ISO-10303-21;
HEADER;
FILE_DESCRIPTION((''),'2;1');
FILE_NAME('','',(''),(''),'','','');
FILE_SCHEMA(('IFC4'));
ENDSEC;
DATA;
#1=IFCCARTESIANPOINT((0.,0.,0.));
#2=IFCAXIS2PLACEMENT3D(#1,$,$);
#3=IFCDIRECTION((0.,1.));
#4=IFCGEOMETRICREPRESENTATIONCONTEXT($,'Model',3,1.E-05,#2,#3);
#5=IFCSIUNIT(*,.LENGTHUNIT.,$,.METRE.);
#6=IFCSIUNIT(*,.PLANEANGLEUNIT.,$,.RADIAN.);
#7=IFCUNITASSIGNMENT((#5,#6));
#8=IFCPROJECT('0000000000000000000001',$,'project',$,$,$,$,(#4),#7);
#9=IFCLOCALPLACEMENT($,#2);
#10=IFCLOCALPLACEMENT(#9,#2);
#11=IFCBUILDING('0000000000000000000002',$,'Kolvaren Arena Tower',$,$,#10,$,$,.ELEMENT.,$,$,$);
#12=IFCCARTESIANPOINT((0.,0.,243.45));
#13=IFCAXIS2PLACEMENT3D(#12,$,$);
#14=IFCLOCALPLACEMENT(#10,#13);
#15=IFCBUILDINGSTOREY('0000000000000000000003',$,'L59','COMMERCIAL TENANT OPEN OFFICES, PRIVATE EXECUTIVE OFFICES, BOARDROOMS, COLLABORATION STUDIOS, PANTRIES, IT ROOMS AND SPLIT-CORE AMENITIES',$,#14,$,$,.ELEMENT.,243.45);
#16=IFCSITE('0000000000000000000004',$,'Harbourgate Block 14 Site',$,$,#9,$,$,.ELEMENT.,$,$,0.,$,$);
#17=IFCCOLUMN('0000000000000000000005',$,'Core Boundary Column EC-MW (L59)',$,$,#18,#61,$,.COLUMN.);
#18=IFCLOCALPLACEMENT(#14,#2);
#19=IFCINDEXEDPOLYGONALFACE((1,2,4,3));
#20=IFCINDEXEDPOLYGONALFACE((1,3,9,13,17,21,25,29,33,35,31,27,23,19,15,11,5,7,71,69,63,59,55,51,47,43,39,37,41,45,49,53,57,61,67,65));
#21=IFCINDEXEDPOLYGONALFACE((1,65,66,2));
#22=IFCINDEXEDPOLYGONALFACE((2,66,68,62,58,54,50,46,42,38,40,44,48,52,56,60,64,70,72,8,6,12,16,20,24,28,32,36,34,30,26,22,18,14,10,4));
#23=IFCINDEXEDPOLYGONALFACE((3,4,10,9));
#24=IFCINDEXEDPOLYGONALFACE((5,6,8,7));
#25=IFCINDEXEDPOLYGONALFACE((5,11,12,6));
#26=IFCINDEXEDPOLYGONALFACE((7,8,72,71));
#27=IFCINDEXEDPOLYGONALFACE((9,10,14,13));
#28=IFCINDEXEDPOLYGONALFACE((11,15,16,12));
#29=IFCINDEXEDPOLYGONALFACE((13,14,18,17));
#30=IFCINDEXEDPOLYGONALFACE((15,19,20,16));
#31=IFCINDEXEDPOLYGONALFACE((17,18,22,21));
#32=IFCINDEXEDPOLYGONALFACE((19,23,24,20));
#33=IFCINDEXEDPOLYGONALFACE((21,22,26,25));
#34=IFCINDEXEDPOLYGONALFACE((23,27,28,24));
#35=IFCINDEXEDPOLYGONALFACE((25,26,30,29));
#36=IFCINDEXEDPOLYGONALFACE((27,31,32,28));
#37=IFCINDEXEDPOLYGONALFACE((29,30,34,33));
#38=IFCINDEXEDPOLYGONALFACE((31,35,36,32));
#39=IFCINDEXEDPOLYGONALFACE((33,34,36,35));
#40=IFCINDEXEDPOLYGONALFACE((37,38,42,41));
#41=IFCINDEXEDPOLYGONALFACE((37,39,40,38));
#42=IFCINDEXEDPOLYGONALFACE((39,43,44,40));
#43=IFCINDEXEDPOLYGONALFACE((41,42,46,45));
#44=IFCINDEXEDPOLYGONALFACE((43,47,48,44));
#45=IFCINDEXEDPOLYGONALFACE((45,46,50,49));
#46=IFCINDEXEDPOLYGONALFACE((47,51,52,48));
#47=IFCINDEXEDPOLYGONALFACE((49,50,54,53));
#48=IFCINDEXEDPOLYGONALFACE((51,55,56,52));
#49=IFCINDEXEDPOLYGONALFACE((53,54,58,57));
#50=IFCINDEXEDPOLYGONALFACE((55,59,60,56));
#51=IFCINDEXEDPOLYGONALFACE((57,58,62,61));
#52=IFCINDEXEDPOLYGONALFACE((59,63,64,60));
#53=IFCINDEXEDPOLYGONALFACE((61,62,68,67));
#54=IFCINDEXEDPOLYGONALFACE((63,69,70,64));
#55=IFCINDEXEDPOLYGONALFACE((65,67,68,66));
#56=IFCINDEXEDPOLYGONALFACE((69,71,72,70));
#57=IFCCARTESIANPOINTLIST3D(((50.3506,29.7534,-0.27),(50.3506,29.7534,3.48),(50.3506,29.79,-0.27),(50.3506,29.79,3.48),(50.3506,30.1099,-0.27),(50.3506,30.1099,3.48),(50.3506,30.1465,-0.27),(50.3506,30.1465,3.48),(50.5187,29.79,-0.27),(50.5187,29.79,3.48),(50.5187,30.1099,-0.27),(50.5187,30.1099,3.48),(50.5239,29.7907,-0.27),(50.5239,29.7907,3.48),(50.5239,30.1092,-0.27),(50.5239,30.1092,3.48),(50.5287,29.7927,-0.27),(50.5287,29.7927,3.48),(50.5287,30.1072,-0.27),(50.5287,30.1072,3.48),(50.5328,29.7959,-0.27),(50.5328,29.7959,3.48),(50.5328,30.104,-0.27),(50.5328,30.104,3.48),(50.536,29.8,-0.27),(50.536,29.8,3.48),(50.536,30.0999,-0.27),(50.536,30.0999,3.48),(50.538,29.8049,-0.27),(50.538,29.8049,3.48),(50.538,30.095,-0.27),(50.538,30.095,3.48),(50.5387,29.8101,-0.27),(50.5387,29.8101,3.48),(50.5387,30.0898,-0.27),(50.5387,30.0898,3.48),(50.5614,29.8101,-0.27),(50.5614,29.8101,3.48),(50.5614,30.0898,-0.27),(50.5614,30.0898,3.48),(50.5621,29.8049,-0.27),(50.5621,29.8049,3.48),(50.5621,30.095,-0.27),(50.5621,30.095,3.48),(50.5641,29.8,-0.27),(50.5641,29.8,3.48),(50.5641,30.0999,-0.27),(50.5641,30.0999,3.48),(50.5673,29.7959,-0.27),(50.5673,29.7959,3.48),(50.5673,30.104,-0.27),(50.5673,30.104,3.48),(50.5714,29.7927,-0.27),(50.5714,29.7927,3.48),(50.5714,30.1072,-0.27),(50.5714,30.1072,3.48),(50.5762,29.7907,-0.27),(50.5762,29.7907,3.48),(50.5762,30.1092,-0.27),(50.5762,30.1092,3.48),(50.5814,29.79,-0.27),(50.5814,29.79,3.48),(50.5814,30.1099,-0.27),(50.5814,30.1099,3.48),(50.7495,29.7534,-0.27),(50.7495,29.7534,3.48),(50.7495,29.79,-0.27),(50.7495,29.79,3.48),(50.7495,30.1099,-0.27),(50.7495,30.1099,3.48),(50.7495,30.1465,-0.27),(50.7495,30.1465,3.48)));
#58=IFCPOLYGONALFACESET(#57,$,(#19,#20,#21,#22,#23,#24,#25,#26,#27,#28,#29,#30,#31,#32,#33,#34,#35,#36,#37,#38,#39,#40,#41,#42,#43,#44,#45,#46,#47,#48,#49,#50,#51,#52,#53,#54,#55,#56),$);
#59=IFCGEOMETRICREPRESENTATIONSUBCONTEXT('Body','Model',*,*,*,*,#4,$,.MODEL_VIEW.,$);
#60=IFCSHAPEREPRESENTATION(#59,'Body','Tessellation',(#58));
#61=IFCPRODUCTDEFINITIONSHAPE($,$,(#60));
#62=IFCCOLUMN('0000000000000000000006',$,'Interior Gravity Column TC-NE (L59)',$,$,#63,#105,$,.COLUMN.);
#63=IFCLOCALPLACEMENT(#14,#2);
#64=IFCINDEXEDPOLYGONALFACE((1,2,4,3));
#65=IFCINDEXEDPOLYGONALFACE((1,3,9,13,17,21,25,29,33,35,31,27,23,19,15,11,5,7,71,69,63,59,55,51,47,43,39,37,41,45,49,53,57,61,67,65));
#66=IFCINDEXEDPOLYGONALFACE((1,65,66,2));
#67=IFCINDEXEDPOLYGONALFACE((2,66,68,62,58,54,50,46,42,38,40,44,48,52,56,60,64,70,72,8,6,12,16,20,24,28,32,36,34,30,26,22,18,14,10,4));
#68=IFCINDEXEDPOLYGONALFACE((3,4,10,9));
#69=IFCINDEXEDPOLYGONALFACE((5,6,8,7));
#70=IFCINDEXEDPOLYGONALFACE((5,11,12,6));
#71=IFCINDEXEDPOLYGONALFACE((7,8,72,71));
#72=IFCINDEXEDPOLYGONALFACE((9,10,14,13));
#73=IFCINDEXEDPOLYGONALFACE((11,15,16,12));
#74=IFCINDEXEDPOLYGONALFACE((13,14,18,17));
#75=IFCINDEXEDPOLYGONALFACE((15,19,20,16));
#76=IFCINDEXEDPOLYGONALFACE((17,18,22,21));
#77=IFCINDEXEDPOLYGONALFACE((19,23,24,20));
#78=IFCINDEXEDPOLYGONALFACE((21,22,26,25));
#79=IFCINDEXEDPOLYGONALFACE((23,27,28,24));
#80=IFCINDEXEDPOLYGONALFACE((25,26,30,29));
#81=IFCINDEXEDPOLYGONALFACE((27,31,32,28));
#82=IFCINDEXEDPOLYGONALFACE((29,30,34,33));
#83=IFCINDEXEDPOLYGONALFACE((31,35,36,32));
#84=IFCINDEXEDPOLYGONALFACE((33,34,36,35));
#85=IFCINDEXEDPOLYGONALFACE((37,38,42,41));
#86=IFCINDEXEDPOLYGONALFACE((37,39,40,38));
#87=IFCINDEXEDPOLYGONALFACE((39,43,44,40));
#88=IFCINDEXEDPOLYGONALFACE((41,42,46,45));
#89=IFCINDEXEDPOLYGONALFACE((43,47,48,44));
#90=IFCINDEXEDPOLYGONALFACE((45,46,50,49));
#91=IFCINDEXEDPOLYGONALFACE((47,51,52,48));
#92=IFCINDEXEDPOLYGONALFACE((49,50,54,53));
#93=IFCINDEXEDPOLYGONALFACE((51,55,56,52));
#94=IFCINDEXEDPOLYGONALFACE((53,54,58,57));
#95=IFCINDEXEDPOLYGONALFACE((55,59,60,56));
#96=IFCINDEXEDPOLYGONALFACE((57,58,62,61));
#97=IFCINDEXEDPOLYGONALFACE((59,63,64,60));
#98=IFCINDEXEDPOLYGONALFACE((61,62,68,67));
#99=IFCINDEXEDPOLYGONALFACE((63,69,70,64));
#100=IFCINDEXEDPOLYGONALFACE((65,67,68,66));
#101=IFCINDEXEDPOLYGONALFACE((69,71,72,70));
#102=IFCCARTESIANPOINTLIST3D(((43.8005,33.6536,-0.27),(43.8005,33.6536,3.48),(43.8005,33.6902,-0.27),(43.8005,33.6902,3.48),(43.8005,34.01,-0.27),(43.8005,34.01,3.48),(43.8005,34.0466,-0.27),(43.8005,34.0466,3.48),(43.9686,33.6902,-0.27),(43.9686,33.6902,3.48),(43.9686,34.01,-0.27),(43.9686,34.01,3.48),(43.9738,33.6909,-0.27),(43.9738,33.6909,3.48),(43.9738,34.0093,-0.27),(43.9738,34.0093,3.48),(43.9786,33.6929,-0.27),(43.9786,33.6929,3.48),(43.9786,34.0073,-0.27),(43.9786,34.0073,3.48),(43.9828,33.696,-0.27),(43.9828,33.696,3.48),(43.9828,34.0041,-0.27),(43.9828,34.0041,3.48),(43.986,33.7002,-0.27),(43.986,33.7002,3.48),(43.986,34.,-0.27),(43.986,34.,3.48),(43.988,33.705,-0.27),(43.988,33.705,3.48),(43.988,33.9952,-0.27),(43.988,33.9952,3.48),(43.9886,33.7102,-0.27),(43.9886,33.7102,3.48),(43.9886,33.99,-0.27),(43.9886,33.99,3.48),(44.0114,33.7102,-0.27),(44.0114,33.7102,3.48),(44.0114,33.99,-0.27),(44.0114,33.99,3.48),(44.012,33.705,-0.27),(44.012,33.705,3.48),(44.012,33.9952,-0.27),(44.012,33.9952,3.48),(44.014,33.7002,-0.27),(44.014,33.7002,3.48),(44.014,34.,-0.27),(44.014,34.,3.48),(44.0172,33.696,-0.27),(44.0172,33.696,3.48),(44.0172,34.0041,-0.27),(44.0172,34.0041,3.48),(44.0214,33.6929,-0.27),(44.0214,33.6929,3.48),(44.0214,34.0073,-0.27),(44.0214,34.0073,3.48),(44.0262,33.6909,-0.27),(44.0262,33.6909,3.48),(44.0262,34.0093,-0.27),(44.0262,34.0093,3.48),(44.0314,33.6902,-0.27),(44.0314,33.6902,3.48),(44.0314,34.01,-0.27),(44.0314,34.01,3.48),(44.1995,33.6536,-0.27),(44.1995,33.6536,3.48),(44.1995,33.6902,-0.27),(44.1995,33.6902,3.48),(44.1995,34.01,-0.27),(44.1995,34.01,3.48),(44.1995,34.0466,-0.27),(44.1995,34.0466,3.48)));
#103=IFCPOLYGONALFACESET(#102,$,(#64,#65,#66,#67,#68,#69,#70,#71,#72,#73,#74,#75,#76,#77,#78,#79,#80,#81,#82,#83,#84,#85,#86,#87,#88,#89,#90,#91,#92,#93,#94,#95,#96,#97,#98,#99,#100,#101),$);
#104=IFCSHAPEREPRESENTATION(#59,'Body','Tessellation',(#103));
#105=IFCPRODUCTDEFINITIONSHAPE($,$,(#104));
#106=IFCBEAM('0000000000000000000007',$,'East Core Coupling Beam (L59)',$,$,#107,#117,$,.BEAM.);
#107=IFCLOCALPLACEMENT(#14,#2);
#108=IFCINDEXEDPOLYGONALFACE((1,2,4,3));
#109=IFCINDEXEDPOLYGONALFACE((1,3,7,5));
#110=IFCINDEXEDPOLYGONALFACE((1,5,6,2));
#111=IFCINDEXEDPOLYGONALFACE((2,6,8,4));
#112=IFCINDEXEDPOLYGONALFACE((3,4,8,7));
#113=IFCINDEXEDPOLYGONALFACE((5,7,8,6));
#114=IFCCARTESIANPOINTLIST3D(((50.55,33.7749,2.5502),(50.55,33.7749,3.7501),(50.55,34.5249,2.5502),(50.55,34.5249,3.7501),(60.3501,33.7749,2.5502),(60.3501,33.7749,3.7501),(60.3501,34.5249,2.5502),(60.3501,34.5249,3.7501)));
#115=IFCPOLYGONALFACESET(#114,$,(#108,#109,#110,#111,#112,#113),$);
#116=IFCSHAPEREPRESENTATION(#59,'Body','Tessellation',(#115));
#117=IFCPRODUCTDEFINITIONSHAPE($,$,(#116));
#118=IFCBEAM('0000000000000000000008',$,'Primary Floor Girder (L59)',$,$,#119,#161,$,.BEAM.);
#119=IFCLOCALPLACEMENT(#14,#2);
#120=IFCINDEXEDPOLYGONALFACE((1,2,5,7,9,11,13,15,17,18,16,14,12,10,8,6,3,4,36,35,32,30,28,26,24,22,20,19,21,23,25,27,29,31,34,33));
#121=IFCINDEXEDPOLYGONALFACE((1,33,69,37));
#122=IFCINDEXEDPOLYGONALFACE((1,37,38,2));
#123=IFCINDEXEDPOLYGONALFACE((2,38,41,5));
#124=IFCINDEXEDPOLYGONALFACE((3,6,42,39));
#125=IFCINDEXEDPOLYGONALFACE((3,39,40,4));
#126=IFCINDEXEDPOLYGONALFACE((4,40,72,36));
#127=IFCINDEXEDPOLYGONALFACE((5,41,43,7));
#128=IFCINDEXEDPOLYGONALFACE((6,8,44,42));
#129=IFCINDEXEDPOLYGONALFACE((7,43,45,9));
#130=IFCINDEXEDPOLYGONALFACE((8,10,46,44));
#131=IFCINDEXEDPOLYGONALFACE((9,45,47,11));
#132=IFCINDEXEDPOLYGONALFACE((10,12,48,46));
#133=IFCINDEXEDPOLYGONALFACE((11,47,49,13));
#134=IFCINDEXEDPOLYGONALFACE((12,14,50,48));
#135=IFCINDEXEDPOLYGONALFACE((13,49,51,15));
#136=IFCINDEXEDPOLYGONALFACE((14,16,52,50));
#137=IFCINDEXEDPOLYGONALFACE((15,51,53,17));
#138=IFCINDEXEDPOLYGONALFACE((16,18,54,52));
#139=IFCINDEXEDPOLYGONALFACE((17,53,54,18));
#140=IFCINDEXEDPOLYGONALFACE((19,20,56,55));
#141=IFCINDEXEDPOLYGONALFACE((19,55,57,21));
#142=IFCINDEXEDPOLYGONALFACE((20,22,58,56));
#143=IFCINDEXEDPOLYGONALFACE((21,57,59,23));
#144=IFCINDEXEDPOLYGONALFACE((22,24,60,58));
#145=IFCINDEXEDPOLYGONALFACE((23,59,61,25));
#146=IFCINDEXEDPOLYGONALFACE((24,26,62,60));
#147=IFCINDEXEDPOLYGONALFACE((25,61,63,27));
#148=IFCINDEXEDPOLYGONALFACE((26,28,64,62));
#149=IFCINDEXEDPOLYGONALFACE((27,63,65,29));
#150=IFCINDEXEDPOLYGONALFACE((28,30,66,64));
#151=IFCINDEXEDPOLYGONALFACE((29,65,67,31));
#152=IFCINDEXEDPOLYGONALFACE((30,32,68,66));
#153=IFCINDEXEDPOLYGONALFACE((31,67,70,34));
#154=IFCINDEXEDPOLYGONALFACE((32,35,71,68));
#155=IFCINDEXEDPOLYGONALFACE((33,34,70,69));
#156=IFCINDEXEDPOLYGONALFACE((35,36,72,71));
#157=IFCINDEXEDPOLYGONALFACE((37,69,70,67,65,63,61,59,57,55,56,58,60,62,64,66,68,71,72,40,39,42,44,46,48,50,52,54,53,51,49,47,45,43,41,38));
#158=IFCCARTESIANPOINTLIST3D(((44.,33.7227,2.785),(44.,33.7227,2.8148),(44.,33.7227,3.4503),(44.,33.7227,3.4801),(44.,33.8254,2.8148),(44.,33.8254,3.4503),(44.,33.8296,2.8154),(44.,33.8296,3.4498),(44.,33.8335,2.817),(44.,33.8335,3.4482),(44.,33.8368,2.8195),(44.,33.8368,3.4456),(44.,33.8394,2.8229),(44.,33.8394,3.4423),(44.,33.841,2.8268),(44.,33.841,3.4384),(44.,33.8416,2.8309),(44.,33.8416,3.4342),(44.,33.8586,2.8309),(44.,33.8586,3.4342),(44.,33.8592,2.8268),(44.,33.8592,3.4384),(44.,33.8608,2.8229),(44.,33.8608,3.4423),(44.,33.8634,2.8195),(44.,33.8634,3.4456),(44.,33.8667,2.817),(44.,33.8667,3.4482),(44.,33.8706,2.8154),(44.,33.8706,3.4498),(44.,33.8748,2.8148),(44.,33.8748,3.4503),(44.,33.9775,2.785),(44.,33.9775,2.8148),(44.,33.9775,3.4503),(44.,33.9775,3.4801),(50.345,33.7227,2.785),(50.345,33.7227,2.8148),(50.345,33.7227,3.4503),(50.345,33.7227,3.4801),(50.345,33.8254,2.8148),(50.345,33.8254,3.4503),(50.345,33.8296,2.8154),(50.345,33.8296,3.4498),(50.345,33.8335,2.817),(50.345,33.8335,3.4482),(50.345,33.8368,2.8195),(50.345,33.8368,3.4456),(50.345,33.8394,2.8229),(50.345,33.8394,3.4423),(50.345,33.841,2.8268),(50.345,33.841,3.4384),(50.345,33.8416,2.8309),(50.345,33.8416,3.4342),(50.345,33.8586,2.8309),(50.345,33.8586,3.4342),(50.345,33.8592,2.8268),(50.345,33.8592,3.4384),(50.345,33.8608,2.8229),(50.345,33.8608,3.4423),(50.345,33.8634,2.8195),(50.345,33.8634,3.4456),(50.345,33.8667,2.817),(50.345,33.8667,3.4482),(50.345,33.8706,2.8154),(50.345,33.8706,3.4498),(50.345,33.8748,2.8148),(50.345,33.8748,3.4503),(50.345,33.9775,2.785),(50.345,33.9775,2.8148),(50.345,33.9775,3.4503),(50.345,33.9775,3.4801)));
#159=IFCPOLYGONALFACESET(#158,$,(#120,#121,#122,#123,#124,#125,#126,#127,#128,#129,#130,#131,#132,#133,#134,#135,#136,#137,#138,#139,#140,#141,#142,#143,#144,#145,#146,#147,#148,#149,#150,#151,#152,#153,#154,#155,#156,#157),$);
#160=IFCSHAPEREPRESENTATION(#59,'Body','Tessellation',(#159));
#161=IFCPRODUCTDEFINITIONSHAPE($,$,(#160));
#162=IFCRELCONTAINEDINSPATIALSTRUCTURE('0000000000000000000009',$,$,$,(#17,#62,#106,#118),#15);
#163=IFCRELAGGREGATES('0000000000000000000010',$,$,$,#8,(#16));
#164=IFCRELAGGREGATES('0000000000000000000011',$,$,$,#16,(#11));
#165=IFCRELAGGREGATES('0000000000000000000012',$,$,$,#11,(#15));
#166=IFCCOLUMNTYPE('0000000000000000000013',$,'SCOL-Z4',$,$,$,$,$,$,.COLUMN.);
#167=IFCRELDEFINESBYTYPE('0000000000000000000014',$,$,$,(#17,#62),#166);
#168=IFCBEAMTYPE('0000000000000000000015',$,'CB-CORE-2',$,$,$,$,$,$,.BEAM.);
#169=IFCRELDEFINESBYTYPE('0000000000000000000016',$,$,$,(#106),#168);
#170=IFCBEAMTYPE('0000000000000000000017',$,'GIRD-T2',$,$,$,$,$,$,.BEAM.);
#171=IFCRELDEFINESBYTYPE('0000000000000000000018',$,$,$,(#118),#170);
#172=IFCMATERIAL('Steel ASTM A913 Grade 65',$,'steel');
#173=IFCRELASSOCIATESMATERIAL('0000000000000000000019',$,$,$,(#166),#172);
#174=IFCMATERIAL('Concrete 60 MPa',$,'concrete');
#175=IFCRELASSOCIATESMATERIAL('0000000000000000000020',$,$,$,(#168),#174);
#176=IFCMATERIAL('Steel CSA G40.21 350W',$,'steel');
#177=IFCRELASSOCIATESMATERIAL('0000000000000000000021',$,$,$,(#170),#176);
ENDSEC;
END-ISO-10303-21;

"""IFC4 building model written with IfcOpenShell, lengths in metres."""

from ifc_helpers import new_model, si_unit, direction, frame, origin, origin_2d, place, context, subcontext, project, spatial, rectangle, i_section, extrude, material, material_profile, profile_set, type_object, element, save


model = new_model("IFC4")

# Units and contexts
model_context = context("Model", 3, precision=1e-05, world=origin(), true_north=direction((0.0, 1.0)))
body_context = subcontext(model_context, "Body", "Model", "MODEL_VIEW")
ifc_project = project(units=[si_unit("LENGTHUNIT", "METRE"), si_unit("PLANEANGLEUNIT", "RADIAN")], contexts=[model_context])

# Site, building, storey
site_placement = place(None, origin())
site = spatial("IfcSite", under=ifc_project, at=site_placement, Name="Harbourgate Block 14 Site", CompositionType="ELEMENT", RefElevation=0.0)
building_placement = place(site_placement, origin())
building = spatial("IfcBuilding", under=site, at=building_placement, Name="Kolvaren Arena Tower", CompositionType="ELEMENT")
storey_placement = place(building_placement, frame((0.0, 0.0, 243.45)))
storey = spatial("IfcBuildingStorey", under=building, at=storey_placement, Name="L59", Description="COMMERCIAL TENANT OPEN OFFICES, PRIVATE EXECUTIVE OFFICES, BOARDROOMS, COLLABORATION STUDIOS, PANTRIES, IT ROOMS AND SPLIT-CORE AMENITIES", CompositionType="ELEMENT", Elevation=243.45)

# Columns
ifc_material_1 = material(Name="Steel ASTM A913 Grade 65", Category="steel")
ifc_material_profile_1 = material_profile(ifc_material_1, i_section(OverallWidth=0.3989, OverallDepth=0.3931, WebThickness=0.0227, FlangeThickness=0.0366, FilletRadius=0.02, at=origin_2d()), Name="W360x287")
ifc_profile_set_1 = profile_set([ifc_material_profile_1], Name="Steel ASTM A913 Grade 65")
column_type = type_object("IfcColumnType", Name="SCOL-Z4", PredefinedType="COLUMN", material=ifc_profile_set_1)
for number, where, z_axis, x_axis, name in (
    (1, (50.55, 29.95, -0.27), (0.0, 0.0, 1.0), (1.0, 0.0, 0.0), "Core Boundary Column EC-MW (L59)"),
    (2, (44.0, 33.8501, -0.27), (0.0, 0.0, 1.0), (1.0, 0.0, 0.0), "Interior Gravity Column TC-NE (L59)"),
):
    element("IfcColumn", number, at=place(storey_placement, frame(where, z_axis=z_axis, x_axis=x_axis)), inside=storey, type_object=column_type, Name=name, PredefinedType="COLUMN", context=body_context, shape_type="SweptSolid", body=[
        extrude(i_section(OverallWidth=0.3989, OverallDepth=0.3931, WebThickness=0.0227, FlangeThickness=0.0366, FilletRadius=0.02, at=origin_2d()), origin(), (0.0, 0.0, 1.0), 3.75),
    ])

# Beams
ifc_material_2 = material(Name="Concrete 60 MPa", Category="concrete")
ifc_material_profile_2 = material_profile(ifc_material_2, rectangle(XDim=0.75, YDim=1.2, at=origin_2d()), Name="RC-750x1200")
ifc_profile_set_2 = profile_set([ifc_material_profile_2], Name="Concrete 60 MPa")
beam_type_1 = type_object("IfcBeamType", Name="CB-CORE-2", PredefinedType="BEAM", material=ifc_profile_set_2)
beam_1_placement = place(storey_placement, frame((50.55, 34.1499, 3.1501), z_axis=(1.0, 0.0, 0.0), x_axis=(0.0, 1.0, 0.0)))
element("IfcBeam", 3, at=beam_1_placement, inside=storey, type_object=beam_type_1, Name="East Core Coupling Beam (L59)", PredefinedType="BEAM", context=body_context, shape_type="SweptSolid", body=[
    extrude(rectangle(XDim=0.75, YDim=1.2, at=origin_2d()), origin(), (0.0, 0.0, 1.0), 9.8),
])
ifc_material_3 = material(Name="Steel CSA G40.21 350W", Category="steel")
ifc_material_profile_3 = material_profile(ifc_material_3, i_section(OverallWidth=0.2549, OverallDepth=0.6951, WebThickness=0.0171, FlangeThickness=0.0298, FilletRadius=0.0161, at=origin_2d()), Name="W690x217")
ifc_profile_set_3 = profile_set([ifc_material_profile_3], Name="Steel CSA G40.21 350W")
beam_type_2 = type_object("IfcBeamType", Name="GIRD-T2", PredefinedType="BEAM", material=ifc_profile_set_3)
beam_2_placement = place(storey_placement, frame((44.0, 33.8501, 3.1326), z_axis=(1.0, 0.0, 0.0), x_axis=(0.0, 1.0, 0.0)))
element("IfcBeam", 4, at=beam_2_placement, inside=storey, type_object=beam_type_2, Name="Primary Floor Girder (L59)", PredefinedType="BEAM", context=body_context, shape_type="SweptSolid", body=[
    extrude(i_section(OverallWidth=0.2549, OverallDepth=0.6951, WebThickness=0.0171, FlangeThickness=0.0298, FilletRadius=0.0161, at=origin_2d()), origin(), (0.0, 0.0, 1.0), 6.345),
])

save(model, "model.ifc")
